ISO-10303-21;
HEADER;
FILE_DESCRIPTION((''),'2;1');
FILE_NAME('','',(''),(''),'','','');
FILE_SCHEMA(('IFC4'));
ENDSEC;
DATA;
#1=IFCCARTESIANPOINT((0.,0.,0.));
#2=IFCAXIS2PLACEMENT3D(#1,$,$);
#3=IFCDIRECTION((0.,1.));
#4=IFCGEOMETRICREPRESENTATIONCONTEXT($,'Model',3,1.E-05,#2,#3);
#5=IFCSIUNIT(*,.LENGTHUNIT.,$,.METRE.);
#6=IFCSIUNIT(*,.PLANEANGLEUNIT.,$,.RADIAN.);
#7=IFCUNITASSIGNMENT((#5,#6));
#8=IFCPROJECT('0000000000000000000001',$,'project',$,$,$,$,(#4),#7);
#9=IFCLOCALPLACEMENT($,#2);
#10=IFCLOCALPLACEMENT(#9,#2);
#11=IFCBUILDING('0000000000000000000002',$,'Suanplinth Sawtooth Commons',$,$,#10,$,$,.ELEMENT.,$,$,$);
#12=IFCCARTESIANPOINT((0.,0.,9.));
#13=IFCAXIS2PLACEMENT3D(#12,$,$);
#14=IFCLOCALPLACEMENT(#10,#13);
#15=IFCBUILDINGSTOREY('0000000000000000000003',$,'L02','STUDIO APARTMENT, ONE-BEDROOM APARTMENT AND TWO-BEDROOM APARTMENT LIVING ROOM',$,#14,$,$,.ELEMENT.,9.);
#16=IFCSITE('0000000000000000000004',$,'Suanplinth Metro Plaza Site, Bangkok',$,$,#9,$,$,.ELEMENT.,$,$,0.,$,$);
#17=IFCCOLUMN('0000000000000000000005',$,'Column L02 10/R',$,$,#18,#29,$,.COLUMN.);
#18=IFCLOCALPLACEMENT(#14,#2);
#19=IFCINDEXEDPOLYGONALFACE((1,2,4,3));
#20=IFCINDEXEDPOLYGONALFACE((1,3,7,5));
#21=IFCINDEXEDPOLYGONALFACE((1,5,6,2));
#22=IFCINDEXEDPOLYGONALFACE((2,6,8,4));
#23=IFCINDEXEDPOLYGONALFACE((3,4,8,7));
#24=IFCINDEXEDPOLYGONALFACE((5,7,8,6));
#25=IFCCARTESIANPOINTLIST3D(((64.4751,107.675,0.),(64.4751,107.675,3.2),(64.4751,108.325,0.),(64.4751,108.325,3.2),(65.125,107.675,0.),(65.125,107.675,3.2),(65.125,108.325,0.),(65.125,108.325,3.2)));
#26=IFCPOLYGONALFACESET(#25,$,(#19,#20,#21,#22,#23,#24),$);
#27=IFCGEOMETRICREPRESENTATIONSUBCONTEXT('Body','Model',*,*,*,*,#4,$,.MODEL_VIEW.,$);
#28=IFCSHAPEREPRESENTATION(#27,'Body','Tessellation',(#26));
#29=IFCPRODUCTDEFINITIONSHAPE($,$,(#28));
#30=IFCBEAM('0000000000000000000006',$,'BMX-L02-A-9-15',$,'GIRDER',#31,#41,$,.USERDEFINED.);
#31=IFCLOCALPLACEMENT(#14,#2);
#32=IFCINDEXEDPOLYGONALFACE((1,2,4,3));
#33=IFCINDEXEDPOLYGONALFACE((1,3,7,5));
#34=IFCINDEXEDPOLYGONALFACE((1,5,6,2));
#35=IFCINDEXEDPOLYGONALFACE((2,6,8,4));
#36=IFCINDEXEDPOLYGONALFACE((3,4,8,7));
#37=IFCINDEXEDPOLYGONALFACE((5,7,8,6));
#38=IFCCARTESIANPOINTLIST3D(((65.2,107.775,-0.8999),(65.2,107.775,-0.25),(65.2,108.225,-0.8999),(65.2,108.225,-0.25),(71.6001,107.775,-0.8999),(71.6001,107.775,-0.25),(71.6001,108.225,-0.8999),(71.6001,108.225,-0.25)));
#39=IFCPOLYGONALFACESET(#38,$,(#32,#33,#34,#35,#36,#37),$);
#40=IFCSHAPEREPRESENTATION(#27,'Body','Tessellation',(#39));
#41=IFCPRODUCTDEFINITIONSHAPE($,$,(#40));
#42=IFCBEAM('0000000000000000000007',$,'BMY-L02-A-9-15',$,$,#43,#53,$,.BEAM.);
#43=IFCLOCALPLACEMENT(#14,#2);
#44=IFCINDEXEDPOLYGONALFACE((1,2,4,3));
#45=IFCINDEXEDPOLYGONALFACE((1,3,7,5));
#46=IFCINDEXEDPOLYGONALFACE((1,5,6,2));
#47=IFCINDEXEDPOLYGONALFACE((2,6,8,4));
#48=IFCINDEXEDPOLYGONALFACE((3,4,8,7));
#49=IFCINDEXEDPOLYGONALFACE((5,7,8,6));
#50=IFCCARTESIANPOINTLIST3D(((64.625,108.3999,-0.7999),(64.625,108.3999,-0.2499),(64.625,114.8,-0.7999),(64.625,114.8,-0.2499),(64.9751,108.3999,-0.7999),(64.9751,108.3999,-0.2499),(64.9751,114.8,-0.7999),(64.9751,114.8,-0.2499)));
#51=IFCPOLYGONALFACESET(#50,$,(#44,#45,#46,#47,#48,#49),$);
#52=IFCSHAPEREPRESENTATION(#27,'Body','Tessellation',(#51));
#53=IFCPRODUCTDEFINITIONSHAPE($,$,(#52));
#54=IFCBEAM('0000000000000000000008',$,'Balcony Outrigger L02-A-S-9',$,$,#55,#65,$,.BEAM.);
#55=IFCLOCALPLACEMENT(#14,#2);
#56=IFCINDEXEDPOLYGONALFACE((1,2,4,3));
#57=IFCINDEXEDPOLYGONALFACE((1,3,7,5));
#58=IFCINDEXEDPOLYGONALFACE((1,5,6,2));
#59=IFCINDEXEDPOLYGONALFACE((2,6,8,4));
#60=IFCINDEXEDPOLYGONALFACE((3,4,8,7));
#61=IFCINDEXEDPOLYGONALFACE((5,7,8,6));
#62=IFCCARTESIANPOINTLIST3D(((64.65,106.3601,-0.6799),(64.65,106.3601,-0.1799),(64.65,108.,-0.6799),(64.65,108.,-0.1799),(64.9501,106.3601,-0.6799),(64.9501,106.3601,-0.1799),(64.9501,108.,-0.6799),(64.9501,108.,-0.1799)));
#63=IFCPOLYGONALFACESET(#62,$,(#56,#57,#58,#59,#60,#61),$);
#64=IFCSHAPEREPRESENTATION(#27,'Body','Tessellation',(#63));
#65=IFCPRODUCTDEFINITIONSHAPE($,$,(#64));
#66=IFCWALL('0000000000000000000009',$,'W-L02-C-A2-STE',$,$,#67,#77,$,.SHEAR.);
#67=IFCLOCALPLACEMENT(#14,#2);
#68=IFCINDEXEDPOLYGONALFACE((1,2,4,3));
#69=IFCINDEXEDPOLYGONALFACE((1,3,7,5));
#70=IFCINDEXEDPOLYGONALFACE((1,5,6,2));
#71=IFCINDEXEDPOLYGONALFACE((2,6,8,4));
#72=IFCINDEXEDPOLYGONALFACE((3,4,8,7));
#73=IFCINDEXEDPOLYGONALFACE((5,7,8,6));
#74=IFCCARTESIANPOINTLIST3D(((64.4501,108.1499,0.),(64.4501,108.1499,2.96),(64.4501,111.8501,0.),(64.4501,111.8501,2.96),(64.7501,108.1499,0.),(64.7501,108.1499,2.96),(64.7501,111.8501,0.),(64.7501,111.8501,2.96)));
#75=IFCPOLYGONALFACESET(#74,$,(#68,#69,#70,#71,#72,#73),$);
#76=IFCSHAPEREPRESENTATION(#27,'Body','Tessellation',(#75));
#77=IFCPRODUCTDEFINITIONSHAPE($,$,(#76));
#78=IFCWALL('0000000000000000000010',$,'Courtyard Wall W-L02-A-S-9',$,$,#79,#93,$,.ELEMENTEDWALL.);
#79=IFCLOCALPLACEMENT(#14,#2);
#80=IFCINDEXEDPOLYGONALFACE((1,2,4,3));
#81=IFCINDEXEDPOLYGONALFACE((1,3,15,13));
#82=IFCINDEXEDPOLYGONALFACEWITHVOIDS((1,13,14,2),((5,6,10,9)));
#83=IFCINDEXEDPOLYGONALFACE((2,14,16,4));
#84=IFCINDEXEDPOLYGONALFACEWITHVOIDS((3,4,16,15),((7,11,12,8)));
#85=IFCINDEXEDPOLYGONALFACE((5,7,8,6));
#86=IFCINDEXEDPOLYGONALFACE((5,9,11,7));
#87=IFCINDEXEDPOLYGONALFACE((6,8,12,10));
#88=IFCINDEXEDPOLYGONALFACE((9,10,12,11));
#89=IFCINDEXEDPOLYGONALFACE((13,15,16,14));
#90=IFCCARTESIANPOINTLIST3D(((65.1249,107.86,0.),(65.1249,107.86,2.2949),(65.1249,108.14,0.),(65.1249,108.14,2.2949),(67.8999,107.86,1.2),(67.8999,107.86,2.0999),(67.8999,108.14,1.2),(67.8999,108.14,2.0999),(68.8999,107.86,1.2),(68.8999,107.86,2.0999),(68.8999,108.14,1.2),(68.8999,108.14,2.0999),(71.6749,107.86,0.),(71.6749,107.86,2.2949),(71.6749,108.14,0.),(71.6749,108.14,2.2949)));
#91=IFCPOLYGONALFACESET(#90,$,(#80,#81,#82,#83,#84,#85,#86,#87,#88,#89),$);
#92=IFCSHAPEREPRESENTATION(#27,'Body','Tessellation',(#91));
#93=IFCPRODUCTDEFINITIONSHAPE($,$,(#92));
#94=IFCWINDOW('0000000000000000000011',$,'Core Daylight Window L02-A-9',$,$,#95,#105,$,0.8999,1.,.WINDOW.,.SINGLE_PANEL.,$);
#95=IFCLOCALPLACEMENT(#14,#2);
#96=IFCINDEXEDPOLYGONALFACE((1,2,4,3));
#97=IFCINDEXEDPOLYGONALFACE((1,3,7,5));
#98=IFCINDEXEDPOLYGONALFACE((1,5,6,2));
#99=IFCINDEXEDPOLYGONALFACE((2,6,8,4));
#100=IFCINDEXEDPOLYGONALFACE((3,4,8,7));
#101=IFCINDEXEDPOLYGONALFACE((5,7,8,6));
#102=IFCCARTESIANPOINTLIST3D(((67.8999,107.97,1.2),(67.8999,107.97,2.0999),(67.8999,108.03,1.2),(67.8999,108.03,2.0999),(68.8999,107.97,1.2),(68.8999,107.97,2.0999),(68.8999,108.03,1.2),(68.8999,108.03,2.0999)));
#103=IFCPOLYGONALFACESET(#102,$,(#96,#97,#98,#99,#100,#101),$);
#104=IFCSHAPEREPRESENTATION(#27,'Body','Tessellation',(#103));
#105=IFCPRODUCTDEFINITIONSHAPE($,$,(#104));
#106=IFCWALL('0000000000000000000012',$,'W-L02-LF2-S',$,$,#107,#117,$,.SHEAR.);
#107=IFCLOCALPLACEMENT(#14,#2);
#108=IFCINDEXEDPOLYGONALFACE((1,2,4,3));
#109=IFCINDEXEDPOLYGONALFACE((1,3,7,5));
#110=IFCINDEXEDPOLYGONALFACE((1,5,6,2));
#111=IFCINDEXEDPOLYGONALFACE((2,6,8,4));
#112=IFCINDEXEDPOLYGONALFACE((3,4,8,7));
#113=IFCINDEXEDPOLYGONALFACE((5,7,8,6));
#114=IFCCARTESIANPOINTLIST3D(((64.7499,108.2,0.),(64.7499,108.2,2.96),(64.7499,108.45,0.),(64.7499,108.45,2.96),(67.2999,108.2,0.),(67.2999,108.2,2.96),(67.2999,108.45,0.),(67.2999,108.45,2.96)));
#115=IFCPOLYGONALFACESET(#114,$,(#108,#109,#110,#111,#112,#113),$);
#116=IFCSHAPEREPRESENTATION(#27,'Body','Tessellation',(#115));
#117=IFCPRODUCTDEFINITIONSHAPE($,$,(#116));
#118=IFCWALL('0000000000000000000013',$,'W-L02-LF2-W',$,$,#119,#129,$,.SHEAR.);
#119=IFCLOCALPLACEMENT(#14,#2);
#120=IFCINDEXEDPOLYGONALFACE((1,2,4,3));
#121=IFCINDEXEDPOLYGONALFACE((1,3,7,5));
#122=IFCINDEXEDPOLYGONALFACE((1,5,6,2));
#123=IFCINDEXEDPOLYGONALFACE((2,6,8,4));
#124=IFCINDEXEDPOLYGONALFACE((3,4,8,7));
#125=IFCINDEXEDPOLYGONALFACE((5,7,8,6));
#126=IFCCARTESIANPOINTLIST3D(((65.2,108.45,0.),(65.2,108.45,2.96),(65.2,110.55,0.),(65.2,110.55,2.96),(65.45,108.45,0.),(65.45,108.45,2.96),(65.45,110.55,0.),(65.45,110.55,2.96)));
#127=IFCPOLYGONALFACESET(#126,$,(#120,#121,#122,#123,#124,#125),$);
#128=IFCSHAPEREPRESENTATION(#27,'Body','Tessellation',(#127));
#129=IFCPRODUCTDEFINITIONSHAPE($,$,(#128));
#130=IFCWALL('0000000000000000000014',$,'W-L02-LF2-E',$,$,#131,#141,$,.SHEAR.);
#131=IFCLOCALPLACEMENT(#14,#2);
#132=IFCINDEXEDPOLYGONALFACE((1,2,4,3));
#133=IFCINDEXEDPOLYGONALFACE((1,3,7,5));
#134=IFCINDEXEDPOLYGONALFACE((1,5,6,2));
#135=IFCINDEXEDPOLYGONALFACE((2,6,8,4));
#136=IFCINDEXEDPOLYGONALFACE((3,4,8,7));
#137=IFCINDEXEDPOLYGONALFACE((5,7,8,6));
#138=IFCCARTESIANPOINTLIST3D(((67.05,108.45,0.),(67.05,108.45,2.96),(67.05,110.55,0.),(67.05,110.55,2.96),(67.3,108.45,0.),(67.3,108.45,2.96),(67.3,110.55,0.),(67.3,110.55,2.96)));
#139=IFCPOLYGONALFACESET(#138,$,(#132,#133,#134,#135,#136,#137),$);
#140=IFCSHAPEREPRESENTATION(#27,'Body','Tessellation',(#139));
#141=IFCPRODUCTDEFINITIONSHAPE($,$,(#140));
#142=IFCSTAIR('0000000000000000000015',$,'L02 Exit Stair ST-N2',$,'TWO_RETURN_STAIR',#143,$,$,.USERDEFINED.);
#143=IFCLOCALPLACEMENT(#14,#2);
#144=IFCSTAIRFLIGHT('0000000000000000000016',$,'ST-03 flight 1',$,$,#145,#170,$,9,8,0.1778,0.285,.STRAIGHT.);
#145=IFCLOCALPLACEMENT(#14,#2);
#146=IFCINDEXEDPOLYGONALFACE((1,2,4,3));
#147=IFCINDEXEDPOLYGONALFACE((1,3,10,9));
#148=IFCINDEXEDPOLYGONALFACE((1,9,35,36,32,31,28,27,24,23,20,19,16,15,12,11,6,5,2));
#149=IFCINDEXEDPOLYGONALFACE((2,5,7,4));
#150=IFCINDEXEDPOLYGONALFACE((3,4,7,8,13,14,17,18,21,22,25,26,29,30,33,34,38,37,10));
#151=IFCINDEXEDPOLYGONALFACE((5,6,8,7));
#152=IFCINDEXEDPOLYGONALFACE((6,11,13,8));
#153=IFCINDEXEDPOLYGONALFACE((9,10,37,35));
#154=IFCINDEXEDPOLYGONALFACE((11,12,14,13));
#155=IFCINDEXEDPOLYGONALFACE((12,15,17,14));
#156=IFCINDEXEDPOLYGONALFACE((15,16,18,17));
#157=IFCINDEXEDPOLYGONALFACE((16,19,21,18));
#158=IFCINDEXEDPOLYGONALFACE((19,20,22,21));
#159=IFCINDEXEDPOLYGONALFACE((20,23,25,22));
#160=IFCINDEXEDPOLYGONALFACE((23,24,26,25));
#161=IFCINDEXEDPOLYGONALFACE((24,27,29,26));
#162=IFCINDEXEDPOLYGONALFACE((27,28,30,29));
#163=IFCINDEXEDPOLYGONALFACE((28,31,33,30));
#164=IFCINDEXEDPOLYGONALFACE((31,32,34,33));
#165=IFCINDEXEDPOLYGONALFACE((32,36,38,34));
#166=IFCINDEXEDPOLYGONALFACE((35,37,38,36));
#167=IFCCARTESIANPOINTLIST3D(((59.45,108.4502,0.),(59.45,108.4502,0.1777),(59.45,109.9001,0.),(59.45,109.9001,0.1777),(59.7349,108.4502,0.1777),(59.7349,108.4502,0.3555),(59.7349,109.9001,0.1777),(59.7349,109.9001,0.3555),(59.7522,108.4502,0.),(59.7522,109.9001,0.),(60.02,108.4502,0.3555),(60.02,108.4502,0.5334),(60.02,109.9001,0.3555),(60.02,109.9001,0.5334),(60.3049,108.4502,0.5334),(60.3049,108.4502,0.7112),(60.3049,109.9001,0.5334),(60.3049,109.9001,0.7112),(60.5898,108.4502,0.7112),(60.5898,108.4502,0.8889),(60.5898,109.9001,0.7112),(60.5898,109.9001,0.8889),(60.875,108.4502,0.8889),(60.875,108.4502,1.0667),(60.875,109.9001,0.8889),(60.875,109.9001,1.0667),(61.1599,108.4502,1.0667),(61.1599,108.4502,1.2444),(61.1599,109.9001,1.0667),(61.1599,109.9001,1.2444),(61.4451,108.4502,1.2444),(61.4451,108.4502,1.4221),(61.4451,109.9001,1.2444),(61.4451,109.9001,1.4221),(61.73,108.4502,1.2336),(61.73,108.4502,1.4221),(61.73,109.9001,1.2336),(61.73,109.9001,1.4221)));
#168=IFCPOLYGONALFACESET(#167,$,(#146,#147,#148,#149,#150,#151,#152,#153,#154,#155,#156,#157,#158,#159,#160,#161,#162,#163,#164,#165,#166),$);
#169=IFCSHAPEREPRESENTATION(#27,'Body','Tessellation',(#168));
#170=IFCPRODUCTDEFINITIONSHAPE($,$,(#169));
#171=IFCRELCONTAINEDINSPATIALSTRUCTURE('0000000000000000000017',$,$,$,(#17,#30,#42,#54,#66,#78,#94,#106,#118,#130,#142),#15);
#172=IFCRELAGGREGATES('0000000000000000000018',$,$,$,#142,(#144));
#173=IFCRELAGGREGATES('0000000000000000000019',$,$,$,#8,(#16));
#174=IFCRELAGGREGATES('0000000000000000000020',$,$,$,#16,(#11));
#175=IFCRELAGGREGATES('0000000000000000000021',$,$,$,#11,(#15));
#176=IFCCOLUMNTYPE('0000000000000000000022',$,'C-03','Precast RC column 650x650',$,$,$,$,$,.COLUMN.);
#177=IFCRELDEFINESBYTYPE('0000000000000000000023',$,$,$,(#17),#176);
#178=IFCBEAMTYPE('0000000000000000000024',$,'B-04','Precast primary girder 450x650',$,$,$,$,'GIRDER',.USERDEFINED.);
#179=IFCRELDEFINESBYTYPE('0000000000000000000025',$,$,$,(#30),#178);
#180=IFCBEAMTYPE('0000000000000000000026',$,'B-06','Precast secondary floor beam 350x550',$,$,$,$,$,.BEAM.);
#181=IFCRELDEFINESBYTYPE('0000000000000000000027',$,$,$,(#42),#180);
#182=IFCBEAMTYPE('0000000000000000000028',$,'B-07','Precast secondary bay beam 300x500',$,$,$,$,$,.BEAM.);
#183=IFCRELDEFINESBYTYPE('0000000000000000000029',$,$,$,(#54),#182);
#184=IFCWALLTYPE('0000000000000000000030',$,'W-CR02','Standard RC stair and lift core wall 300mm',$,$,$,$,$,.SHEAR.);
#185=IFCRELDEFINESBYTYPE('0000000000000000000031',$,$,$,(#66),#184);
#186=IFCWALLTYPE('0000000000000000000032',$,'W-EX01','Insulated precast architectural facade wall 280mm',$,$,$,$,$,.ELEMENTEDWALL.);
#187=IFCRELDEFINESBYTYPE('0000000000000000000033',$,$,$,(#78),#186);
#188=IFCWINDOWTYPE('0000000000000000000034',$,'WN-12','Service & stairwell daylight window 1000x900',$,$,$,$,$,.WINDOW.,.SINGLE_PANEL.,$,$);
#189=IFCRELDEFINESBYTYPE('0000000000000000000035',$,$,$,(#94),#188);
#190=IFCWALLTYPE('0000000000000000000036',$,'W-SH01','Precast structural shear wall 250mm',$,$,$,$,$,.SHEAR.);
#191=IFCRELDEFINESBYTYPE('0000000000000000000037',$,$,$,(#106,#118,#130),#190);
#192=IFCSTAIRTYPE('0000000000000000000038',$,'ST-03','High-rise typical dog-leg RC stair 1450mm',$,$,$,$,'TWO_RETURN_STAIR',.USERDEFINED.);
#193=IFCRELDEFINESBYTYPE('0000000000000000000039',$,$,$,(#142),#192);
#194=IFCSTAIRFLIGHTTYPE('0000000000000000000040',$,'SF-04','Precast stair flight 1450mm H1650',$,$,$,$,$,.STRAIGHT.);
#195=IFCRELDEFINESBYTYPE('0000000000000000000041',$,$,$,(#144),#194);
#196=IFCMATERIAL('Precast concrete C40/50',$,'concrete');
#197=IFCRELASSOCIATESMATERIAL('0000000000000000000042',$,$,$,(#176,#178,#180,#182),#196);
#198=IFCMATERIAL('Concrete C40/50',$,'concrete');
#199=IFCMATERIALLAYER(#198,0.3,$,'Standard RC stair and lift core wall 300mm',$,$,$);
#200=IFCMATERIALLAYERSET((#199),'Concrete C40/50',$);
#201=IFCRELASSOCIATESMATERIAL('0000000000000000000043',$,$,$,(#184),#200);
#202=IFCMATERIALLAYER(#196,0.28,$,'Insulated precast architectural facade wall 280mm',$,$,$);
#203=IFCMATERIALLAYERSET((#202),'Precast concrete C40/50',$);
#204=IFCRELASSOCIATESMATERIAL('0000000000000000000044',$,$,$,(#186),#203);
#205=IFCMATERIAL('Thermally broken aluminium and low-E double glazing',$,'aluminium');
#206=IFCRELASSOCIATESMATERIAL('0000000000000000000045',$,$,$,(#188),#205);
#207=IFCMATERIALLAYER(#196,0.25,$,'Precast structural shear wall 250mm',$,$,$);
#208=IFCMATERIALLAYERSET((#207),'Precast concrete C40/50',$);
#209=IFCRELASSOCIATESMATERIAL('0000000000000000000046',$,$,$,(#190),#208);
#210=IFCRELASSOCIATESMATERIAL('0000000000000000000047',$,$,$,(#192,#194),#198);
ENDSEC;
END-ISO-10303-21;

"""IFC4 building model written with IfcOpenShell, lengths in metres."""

from ifc_helpers import new_model, si_unit, direction, frame, frame_2d, origin, origin_2d, place, context, subcontext, project, spatial, polyline, rectangle, outline, extrude, material, layer, layer_set, material_profile, profile_set, type_object, element, fill, aggregate, save


model = new_model("IFC4")

# Units and contexts
model_context = context("Model", 3, precision=1e-05, world=origin(), true_north=direction((0.0, 1.0)))
body_context = subcontext(model_context, "Body", "Model", "MODEL_VIEW")
ifc_project = project(units=[si_unit("LENGTHUNIT", "METRE"), si_unit("PLANEANGLEUNIT", "RADIAN")], contexts=[model_context])

# Site, building, storey
site_placement = place(None, origin())
site = spatial("IfcSite", under=ifc_project, at=site_placement, Name="Suanplinth Metro Plaza Site, Bangkok", CompositionType="ELEMENT", RefElevation=0.0)
building_placement = place(site_placement, origin())
building = spatial("IfcBuilding", under=site, at=building_placement, Name="Suanplinth Sawtooth Commons", CompositionType="ELEMENT")
storey_placement = place(building_placement, frame((0.0, 0.0, 9.0)))
storey = spatial("IfcBuildingStorey", under=building, at=storey_placement, Name="L02", Description="STUDIO APARTMENT, ONE-BEDROOM APARTMENT AND TWO-BEDROOM APARTMENT LIVING ROOM", CompositionType="ELEMENT", Elevation=9.0)

# Column
ifc_material_1 = material(Name="Precast concrete C40/50", Category="concrete")
ifc_material_profile_1 = material_profile(ifc_material_1, rectangle(XDim=0.6499, YDim=0.6499, at=origin_2d()), Name="PC-COL 650x650")
ifc_profile_set_1 = profile_set([ifc_material_profile_1], Name="Precast concrete C40/50")
column_type = type_object("IfcColumnType", Name="C-03", Description="Precast RC column 650x650", PredefinedType="COLUMN", material=ifc_profile_set_1)
column_placement = place(storey_placement, frame((64.8, 108.0, 0.0), z_axis=(0.0, 0.0, 1.0), x_axis=(1.0, 0.0, 0.0)))
element("IfcColumn", 1, at=column_placement, inside=storey, type_object=column_type, Name="Column L02 10/R", PredefinedType="COLUMN", context=body_context, shape_type="SweptSolid", body=[
    extrude(rectangle(XDim=0.6499, YDim=0.6499, at=origin_2d()), origin(), (0.0, 0.0, 1.0), 3.2),
])

# Beams
ifc_material_profile_2 = material_profile(ifc_material_1, rectangle(XDim=0.45, YDim=0.6499, at=origin_2d()), Name="PC-GDR 450x650")
ifc_profile_set_2 = profile_set([ifc_material_profile_2], Name="Precast concrete C40/50")
beam_type_1 = type_object("IfcBeamType", Name="B-04", Description="Precast primary girder 450x650", ElementType="GIRDER", PredefinedType="USERDEFINED", material=ifc_profile_set_2)
beam_1_placement = place(storey_placement, frame((65.2, 108.0, -0.575), z_axis=(1.0, 0.0, 0.0), x_axis=(0.0, 1.0, 0.0)))
element("IfcBeam", 2, at=beam_1_placement, inside=storey, type_object=beam_type_1, Name="BMX-L02-A-9-15", ObjectType="GIRDER", PredefinedType="USERDEFINED", context=body_context, shape_type="SweptSolid", body=[
    extrude(rectangle(XDim=0.45, YDim=0.6499, at=origin_2d()), origin(), (0.0, 0.0, 1.0), 6.4001),
])
ifc_material_profile_3 = material_profile(ifc_material_1, rectangle(XDim=0.3501, YDim=0.55, at=origin_2d()), Name="PC-BM 350x550")
ifc_profile_set_3 = profile_set([ifc_material_profile_3], Name="Precast concrete C40/50")
beam_type_2 = type_object("IfcBeamType", Name="B-06", Description="Precast secondary floor beam 350x550", PredefinedType="BEAM", material=ifc_profile_set_3)
beam_2_placement = place(storey_placement, frame((64.8, 108.3999, -0.5249), z_axis=(0.0, 1.0, 0.0), x_axis=(-1.0, 0.0, 0.0)))
element("IfcBeam", 3, at=beam_2_placement, inside=storey, type_object=beam_type_2, Name="BMY-L02-A-9-15", PredefinedType="BEAM", context=body_context, shape_type="SweptSolid", body=[
    extrude(rectangle(XDim=0.3501, YDim=0.55, at=origin_2d()), origin(), (0.0, 0.0, 1.0), 6.4001),
])
ifc_material_profile_4 = material_profile(ifc_material_1, rectangle(XDim=0.3, YDim=0.5, at=origin_2d()), Name="PC-BM 300x500")
ifc_profile_set_4 = profile_set([ifc_material_profile_4], Name="Precast concrete C40/50")
beam_type_3 = type_object("IfcBeamType", Name="B-07", Description="Precast secondary bay beam 300x500", PredefinedType="BEAM", material=ifc_profile_set_4)
beam_3_placement = place(storey_placement, frame((64.8, 108.0, -0.4299), z_axis=(0.0, -1.0, 0.0), x_axis=(1.0, 0.0, 0.0)))
element("IfcBeam", 4, at=beam_3_placement, inside=storey, type_object=beam_type_3, Name="Balcony Outrigger L02-A-S-9", PredefinedType="BEAM", context=body_context, shape_type="SweptSolid", body=[
    extrude(rectangle(XDim=0.3, YDim=0.5, at=origin_2d()), origin(), (0.0, 0.0, 1.0), 1.6399),
])

# Wall
ifc_material_2 = material(Name="Concrete C40/50", Category="concrete")
ifc_layer_1 = layer(ifc_material_2, 0.3, Name="Standard RC stair and lift core wall 300mm")
ifc_layer_set_1 = layer_set([ifc_layer_1], Name="Concrete C40/50")
wall_type_1 = type_object("IfcWallType", Name="W-CR02", Description="Standard RC stair and lift core wall 300mm", PredefinedType="SHEAR", material=ifc_layer_set_1)
wall_1_placement = place(storey_placement, frame((64.6001, 108.1499, 0.0), z_axis=(0.0, 0.0, 1.0), x_axis=(0.0, 1.0, 0.0)))
element("IfcWall", 5, at=wall_1_placement, inside=storey, type_object=wall_type_1, Name="W-L02-C-A2-STE", PredefinedType="SHEAR", context=body_context, shape_type="SweptSolid", body=[
    extrude(rectangle(XDim=3.7002, YDim=0.3, at=frame_2d((1.8501, 0.0))), origin(), (0.0, 0.0, 1.0), 2.96),
])

# Wall, opening, window
ifc_layer_2 = layer(ifc_material_1, 0.28, Name="Insulated precast architectural facade wall 280mm")
ifc_layer_set_2 = layer_set([ifc_layer_2], Name="Precast concrete C40/50")
wall_type_2 = type_object("IfcWallType", Name="W-EX01", Description="Insulated precast architectural facade wall 280mm", PredefinedType="ELEMENTEDWALL", material=ifc_layer_set_2)
wall_2_placement = place(storey_placement, frame((65.125, 108.0, 0.0), z_axis=(0.0, 0.0, 1.0), x_axis=(1.0, 0.0, 0.0)))
wall_2 = element("IfcWall", 6, at=wall_2_placement, inside=storey, type_object=wall_type_2, Name="Courtyard Wall W-L02-A-S-9", PredefinedType="ELEMENTEDWALL", context=body_context, shape_type="SweptSolid", body=[
    extrude(rectangle(XDim=6.55, YDim=0.28, at=frame_2d((3.2749, 0.0))), origin(), (0.0, 0.0, 1.0), 2.2949),
])
opening_placement = place(wall_2_placement, frame((2.7749, 0.0, 1.2)))
opening = element("IfcOpeningElement", 7, at=opening_placement, cuts=wall_2, PredefinedType="OPENING", context=body_context, shape_type="SweptSolid", body=[
    extrude(rectangle(XDim=1.0, YDim=0.8999, at=frame_2d((0.5, 0.45))), frame((0.0, 0.1548, 0.0), z_axis=(0.0, -1.0, 0.0), x_axis=(1.0, 0.0, 0.0)), (0.0, 0.0, 1.0), 0.3098),
])
ifc_material_3 = material(Name="Thermally broken aluminium and low-E double glazing", Category="aluminium")
window_type = type_object("IfcWindowType", Name="WN-12", Description="Service & stairwell daylight window 1000x900", PartitioningType="SINGLE_PANEL", PredefinedType="WINDOW", material=ifc_material_3)
window_placement = place(opening_placement, origin())
window = element("IfcWindow", 8, at=window_placement, inside=storey, type_object=window_type, Name="Core Daylight Window L02-A-9", OverallHeight=0.8999, OverallWidth=1.0, PartitioningType="SINGLE_PANEL", PredefinedType="WINDOW", context=body_context, shape_type="SweptSolid", body=[
    extrude(rectangle(XDim=1.0, YDim=0.8999, at=frame_2d((0.5, 0.45))), frame((0.0, 0.03, 0.0), z_axis=(0.0, -1.0, 0.0), x_axis=(1.0, 0.0, 0.0)), (0.0, 0.0, 1.0), 0.0601),
])
fill(opening, window)

# Walls
ifc_layer_3 = layer(ifc_material_1, 0.25, Name="Precast structural shear wall 250mm")
ifc_layer_set_3 = layer_set([ifc_layer_3], Name="Precast concrete C40/50")
wall_type_3 = type_object("IfcWallType", Name="W-SH01", Description="Precast structural shear wall 250mm", PredefinedType="SHEAR", material=ifc_layer_set_3)
wall_3_placement = place(storey_placement, frame((64.75, 108.325, 0.0), z_axis=(0.0, 0.0, 1.0), x_axis=(1.0, 0.0, 0.0)))
element("IfcWall", 9, at=wall_3_placement, inside=storey, type_object=wall_type_3, Name="W-L02-LF2-S", PredefinedType="SHEAR", context=body_context, shape_type="SweptSolid", body=[
    extrude(rectangle(XDim=2.55, YDim=0.25, at=frame_2d((1.2749, 0.0))), origin(), (0.0, 0.0, 1.0), 2.96),
])
for number, where, z_axis, x_axis, name in (
    (10, (65.325, 108.45, 0.0), (0.0, 0.0, 1.0), (0.0, 1.0, 0.0), "W-L02-LF2-W"),
    (11, (67.175, 108.45, 0.0), (0.0, 0.0, 1.0), (0.0, 1.0, 0.0), "W-L02-LF2-E"),
):
    element("IfcWall", number, at=place(storey_placement, frame(where, z_axis=z_axis, x_axis=x_axis)), inside=storey, type_object=wall_type_3, Name=name, PredefinedType="SHEAR", context=body_context, shape_type="SweptSolid", body=[
        extrude(rectangle(XDim=2.1001, YDim=0.25, at=frame_2d((1.05, 0.0))), origin(), (0.0, 0.0, 1.0), 2.96),
    ])

# Stair, stair flight
stair_type = type_object("IfcStairType", Name="ST-03", Description="High-rise typical dog-leg RC stair 1450mm", ElementType="TWO_RETURN_STAIR", PredefinedType="USERDEFINED", material=ifc_material_2)
stair_placement = place(storey_placement, origin())
stair = element("IfcStair", 12, at=stair_placement, inside=storey, type_object=stair_type, Name="L02 Exit Stair ST-N2", ObjectType="TWO_RETURN_STAIR", PredefinedType="USERDEFINED")
stair_flight_type = type_object("IfcStairFlightType", Name="SF-04", Description="Precast stair flight 1450mm H1650", PredefinedType="STRAIGHT", material=ifc_material_2)
stair_flight_placement = place(storey_placement, frame((59.45, 109.175, 0.0), z_axis=(0.0, 0.0, 1.0), x_axis=(1.0, 0.0, 0.0)))
stair_flight = element("IfcStairFlight", 13, at=stair_flight_placement, type_object=stair_flight_type, Name="ST-03 flight 1", NumberOfRisers=9, NumberOfTreads=8, PredefinedType="STRAIGHT", RiserHeight=0.1778, TreadLength=0.285, context=body_context, shape_type="SweptSolid", body=[
    extrude(outline(polyline([(0.0, 0.0), (0.0, 0.1777), (0.2849, 0.1777), (0.2849, 0.3555), (0.5701, 0.3555), (0.5701, 0.5334), (0.855, 0.5334), (0.855, 0.7112), (1.1399, 0.7112), (1.1399, 0.8889), (1.425, 0.8889), (1.425, 1.0667), (1.71, 1.0667), (1.71, 1.2444), (1.9951, 1.2444), (1.9951, 1.4221), (2.28, 1.4221), (2.28, 1.6001), (2.28, 1.2336), (0.3022, 0.0), (0.0, 0.0)])), frame((0.0, 0.7251, 0.0), z_axis=(0.0, -1.0, 0.0), x_axis=(1.0, 0.0, 0.0)), (0.0, 0.0, 1.0), 1.45),
])
aggregate(stair, [stair_flight])

save(model, "model.ifc")
